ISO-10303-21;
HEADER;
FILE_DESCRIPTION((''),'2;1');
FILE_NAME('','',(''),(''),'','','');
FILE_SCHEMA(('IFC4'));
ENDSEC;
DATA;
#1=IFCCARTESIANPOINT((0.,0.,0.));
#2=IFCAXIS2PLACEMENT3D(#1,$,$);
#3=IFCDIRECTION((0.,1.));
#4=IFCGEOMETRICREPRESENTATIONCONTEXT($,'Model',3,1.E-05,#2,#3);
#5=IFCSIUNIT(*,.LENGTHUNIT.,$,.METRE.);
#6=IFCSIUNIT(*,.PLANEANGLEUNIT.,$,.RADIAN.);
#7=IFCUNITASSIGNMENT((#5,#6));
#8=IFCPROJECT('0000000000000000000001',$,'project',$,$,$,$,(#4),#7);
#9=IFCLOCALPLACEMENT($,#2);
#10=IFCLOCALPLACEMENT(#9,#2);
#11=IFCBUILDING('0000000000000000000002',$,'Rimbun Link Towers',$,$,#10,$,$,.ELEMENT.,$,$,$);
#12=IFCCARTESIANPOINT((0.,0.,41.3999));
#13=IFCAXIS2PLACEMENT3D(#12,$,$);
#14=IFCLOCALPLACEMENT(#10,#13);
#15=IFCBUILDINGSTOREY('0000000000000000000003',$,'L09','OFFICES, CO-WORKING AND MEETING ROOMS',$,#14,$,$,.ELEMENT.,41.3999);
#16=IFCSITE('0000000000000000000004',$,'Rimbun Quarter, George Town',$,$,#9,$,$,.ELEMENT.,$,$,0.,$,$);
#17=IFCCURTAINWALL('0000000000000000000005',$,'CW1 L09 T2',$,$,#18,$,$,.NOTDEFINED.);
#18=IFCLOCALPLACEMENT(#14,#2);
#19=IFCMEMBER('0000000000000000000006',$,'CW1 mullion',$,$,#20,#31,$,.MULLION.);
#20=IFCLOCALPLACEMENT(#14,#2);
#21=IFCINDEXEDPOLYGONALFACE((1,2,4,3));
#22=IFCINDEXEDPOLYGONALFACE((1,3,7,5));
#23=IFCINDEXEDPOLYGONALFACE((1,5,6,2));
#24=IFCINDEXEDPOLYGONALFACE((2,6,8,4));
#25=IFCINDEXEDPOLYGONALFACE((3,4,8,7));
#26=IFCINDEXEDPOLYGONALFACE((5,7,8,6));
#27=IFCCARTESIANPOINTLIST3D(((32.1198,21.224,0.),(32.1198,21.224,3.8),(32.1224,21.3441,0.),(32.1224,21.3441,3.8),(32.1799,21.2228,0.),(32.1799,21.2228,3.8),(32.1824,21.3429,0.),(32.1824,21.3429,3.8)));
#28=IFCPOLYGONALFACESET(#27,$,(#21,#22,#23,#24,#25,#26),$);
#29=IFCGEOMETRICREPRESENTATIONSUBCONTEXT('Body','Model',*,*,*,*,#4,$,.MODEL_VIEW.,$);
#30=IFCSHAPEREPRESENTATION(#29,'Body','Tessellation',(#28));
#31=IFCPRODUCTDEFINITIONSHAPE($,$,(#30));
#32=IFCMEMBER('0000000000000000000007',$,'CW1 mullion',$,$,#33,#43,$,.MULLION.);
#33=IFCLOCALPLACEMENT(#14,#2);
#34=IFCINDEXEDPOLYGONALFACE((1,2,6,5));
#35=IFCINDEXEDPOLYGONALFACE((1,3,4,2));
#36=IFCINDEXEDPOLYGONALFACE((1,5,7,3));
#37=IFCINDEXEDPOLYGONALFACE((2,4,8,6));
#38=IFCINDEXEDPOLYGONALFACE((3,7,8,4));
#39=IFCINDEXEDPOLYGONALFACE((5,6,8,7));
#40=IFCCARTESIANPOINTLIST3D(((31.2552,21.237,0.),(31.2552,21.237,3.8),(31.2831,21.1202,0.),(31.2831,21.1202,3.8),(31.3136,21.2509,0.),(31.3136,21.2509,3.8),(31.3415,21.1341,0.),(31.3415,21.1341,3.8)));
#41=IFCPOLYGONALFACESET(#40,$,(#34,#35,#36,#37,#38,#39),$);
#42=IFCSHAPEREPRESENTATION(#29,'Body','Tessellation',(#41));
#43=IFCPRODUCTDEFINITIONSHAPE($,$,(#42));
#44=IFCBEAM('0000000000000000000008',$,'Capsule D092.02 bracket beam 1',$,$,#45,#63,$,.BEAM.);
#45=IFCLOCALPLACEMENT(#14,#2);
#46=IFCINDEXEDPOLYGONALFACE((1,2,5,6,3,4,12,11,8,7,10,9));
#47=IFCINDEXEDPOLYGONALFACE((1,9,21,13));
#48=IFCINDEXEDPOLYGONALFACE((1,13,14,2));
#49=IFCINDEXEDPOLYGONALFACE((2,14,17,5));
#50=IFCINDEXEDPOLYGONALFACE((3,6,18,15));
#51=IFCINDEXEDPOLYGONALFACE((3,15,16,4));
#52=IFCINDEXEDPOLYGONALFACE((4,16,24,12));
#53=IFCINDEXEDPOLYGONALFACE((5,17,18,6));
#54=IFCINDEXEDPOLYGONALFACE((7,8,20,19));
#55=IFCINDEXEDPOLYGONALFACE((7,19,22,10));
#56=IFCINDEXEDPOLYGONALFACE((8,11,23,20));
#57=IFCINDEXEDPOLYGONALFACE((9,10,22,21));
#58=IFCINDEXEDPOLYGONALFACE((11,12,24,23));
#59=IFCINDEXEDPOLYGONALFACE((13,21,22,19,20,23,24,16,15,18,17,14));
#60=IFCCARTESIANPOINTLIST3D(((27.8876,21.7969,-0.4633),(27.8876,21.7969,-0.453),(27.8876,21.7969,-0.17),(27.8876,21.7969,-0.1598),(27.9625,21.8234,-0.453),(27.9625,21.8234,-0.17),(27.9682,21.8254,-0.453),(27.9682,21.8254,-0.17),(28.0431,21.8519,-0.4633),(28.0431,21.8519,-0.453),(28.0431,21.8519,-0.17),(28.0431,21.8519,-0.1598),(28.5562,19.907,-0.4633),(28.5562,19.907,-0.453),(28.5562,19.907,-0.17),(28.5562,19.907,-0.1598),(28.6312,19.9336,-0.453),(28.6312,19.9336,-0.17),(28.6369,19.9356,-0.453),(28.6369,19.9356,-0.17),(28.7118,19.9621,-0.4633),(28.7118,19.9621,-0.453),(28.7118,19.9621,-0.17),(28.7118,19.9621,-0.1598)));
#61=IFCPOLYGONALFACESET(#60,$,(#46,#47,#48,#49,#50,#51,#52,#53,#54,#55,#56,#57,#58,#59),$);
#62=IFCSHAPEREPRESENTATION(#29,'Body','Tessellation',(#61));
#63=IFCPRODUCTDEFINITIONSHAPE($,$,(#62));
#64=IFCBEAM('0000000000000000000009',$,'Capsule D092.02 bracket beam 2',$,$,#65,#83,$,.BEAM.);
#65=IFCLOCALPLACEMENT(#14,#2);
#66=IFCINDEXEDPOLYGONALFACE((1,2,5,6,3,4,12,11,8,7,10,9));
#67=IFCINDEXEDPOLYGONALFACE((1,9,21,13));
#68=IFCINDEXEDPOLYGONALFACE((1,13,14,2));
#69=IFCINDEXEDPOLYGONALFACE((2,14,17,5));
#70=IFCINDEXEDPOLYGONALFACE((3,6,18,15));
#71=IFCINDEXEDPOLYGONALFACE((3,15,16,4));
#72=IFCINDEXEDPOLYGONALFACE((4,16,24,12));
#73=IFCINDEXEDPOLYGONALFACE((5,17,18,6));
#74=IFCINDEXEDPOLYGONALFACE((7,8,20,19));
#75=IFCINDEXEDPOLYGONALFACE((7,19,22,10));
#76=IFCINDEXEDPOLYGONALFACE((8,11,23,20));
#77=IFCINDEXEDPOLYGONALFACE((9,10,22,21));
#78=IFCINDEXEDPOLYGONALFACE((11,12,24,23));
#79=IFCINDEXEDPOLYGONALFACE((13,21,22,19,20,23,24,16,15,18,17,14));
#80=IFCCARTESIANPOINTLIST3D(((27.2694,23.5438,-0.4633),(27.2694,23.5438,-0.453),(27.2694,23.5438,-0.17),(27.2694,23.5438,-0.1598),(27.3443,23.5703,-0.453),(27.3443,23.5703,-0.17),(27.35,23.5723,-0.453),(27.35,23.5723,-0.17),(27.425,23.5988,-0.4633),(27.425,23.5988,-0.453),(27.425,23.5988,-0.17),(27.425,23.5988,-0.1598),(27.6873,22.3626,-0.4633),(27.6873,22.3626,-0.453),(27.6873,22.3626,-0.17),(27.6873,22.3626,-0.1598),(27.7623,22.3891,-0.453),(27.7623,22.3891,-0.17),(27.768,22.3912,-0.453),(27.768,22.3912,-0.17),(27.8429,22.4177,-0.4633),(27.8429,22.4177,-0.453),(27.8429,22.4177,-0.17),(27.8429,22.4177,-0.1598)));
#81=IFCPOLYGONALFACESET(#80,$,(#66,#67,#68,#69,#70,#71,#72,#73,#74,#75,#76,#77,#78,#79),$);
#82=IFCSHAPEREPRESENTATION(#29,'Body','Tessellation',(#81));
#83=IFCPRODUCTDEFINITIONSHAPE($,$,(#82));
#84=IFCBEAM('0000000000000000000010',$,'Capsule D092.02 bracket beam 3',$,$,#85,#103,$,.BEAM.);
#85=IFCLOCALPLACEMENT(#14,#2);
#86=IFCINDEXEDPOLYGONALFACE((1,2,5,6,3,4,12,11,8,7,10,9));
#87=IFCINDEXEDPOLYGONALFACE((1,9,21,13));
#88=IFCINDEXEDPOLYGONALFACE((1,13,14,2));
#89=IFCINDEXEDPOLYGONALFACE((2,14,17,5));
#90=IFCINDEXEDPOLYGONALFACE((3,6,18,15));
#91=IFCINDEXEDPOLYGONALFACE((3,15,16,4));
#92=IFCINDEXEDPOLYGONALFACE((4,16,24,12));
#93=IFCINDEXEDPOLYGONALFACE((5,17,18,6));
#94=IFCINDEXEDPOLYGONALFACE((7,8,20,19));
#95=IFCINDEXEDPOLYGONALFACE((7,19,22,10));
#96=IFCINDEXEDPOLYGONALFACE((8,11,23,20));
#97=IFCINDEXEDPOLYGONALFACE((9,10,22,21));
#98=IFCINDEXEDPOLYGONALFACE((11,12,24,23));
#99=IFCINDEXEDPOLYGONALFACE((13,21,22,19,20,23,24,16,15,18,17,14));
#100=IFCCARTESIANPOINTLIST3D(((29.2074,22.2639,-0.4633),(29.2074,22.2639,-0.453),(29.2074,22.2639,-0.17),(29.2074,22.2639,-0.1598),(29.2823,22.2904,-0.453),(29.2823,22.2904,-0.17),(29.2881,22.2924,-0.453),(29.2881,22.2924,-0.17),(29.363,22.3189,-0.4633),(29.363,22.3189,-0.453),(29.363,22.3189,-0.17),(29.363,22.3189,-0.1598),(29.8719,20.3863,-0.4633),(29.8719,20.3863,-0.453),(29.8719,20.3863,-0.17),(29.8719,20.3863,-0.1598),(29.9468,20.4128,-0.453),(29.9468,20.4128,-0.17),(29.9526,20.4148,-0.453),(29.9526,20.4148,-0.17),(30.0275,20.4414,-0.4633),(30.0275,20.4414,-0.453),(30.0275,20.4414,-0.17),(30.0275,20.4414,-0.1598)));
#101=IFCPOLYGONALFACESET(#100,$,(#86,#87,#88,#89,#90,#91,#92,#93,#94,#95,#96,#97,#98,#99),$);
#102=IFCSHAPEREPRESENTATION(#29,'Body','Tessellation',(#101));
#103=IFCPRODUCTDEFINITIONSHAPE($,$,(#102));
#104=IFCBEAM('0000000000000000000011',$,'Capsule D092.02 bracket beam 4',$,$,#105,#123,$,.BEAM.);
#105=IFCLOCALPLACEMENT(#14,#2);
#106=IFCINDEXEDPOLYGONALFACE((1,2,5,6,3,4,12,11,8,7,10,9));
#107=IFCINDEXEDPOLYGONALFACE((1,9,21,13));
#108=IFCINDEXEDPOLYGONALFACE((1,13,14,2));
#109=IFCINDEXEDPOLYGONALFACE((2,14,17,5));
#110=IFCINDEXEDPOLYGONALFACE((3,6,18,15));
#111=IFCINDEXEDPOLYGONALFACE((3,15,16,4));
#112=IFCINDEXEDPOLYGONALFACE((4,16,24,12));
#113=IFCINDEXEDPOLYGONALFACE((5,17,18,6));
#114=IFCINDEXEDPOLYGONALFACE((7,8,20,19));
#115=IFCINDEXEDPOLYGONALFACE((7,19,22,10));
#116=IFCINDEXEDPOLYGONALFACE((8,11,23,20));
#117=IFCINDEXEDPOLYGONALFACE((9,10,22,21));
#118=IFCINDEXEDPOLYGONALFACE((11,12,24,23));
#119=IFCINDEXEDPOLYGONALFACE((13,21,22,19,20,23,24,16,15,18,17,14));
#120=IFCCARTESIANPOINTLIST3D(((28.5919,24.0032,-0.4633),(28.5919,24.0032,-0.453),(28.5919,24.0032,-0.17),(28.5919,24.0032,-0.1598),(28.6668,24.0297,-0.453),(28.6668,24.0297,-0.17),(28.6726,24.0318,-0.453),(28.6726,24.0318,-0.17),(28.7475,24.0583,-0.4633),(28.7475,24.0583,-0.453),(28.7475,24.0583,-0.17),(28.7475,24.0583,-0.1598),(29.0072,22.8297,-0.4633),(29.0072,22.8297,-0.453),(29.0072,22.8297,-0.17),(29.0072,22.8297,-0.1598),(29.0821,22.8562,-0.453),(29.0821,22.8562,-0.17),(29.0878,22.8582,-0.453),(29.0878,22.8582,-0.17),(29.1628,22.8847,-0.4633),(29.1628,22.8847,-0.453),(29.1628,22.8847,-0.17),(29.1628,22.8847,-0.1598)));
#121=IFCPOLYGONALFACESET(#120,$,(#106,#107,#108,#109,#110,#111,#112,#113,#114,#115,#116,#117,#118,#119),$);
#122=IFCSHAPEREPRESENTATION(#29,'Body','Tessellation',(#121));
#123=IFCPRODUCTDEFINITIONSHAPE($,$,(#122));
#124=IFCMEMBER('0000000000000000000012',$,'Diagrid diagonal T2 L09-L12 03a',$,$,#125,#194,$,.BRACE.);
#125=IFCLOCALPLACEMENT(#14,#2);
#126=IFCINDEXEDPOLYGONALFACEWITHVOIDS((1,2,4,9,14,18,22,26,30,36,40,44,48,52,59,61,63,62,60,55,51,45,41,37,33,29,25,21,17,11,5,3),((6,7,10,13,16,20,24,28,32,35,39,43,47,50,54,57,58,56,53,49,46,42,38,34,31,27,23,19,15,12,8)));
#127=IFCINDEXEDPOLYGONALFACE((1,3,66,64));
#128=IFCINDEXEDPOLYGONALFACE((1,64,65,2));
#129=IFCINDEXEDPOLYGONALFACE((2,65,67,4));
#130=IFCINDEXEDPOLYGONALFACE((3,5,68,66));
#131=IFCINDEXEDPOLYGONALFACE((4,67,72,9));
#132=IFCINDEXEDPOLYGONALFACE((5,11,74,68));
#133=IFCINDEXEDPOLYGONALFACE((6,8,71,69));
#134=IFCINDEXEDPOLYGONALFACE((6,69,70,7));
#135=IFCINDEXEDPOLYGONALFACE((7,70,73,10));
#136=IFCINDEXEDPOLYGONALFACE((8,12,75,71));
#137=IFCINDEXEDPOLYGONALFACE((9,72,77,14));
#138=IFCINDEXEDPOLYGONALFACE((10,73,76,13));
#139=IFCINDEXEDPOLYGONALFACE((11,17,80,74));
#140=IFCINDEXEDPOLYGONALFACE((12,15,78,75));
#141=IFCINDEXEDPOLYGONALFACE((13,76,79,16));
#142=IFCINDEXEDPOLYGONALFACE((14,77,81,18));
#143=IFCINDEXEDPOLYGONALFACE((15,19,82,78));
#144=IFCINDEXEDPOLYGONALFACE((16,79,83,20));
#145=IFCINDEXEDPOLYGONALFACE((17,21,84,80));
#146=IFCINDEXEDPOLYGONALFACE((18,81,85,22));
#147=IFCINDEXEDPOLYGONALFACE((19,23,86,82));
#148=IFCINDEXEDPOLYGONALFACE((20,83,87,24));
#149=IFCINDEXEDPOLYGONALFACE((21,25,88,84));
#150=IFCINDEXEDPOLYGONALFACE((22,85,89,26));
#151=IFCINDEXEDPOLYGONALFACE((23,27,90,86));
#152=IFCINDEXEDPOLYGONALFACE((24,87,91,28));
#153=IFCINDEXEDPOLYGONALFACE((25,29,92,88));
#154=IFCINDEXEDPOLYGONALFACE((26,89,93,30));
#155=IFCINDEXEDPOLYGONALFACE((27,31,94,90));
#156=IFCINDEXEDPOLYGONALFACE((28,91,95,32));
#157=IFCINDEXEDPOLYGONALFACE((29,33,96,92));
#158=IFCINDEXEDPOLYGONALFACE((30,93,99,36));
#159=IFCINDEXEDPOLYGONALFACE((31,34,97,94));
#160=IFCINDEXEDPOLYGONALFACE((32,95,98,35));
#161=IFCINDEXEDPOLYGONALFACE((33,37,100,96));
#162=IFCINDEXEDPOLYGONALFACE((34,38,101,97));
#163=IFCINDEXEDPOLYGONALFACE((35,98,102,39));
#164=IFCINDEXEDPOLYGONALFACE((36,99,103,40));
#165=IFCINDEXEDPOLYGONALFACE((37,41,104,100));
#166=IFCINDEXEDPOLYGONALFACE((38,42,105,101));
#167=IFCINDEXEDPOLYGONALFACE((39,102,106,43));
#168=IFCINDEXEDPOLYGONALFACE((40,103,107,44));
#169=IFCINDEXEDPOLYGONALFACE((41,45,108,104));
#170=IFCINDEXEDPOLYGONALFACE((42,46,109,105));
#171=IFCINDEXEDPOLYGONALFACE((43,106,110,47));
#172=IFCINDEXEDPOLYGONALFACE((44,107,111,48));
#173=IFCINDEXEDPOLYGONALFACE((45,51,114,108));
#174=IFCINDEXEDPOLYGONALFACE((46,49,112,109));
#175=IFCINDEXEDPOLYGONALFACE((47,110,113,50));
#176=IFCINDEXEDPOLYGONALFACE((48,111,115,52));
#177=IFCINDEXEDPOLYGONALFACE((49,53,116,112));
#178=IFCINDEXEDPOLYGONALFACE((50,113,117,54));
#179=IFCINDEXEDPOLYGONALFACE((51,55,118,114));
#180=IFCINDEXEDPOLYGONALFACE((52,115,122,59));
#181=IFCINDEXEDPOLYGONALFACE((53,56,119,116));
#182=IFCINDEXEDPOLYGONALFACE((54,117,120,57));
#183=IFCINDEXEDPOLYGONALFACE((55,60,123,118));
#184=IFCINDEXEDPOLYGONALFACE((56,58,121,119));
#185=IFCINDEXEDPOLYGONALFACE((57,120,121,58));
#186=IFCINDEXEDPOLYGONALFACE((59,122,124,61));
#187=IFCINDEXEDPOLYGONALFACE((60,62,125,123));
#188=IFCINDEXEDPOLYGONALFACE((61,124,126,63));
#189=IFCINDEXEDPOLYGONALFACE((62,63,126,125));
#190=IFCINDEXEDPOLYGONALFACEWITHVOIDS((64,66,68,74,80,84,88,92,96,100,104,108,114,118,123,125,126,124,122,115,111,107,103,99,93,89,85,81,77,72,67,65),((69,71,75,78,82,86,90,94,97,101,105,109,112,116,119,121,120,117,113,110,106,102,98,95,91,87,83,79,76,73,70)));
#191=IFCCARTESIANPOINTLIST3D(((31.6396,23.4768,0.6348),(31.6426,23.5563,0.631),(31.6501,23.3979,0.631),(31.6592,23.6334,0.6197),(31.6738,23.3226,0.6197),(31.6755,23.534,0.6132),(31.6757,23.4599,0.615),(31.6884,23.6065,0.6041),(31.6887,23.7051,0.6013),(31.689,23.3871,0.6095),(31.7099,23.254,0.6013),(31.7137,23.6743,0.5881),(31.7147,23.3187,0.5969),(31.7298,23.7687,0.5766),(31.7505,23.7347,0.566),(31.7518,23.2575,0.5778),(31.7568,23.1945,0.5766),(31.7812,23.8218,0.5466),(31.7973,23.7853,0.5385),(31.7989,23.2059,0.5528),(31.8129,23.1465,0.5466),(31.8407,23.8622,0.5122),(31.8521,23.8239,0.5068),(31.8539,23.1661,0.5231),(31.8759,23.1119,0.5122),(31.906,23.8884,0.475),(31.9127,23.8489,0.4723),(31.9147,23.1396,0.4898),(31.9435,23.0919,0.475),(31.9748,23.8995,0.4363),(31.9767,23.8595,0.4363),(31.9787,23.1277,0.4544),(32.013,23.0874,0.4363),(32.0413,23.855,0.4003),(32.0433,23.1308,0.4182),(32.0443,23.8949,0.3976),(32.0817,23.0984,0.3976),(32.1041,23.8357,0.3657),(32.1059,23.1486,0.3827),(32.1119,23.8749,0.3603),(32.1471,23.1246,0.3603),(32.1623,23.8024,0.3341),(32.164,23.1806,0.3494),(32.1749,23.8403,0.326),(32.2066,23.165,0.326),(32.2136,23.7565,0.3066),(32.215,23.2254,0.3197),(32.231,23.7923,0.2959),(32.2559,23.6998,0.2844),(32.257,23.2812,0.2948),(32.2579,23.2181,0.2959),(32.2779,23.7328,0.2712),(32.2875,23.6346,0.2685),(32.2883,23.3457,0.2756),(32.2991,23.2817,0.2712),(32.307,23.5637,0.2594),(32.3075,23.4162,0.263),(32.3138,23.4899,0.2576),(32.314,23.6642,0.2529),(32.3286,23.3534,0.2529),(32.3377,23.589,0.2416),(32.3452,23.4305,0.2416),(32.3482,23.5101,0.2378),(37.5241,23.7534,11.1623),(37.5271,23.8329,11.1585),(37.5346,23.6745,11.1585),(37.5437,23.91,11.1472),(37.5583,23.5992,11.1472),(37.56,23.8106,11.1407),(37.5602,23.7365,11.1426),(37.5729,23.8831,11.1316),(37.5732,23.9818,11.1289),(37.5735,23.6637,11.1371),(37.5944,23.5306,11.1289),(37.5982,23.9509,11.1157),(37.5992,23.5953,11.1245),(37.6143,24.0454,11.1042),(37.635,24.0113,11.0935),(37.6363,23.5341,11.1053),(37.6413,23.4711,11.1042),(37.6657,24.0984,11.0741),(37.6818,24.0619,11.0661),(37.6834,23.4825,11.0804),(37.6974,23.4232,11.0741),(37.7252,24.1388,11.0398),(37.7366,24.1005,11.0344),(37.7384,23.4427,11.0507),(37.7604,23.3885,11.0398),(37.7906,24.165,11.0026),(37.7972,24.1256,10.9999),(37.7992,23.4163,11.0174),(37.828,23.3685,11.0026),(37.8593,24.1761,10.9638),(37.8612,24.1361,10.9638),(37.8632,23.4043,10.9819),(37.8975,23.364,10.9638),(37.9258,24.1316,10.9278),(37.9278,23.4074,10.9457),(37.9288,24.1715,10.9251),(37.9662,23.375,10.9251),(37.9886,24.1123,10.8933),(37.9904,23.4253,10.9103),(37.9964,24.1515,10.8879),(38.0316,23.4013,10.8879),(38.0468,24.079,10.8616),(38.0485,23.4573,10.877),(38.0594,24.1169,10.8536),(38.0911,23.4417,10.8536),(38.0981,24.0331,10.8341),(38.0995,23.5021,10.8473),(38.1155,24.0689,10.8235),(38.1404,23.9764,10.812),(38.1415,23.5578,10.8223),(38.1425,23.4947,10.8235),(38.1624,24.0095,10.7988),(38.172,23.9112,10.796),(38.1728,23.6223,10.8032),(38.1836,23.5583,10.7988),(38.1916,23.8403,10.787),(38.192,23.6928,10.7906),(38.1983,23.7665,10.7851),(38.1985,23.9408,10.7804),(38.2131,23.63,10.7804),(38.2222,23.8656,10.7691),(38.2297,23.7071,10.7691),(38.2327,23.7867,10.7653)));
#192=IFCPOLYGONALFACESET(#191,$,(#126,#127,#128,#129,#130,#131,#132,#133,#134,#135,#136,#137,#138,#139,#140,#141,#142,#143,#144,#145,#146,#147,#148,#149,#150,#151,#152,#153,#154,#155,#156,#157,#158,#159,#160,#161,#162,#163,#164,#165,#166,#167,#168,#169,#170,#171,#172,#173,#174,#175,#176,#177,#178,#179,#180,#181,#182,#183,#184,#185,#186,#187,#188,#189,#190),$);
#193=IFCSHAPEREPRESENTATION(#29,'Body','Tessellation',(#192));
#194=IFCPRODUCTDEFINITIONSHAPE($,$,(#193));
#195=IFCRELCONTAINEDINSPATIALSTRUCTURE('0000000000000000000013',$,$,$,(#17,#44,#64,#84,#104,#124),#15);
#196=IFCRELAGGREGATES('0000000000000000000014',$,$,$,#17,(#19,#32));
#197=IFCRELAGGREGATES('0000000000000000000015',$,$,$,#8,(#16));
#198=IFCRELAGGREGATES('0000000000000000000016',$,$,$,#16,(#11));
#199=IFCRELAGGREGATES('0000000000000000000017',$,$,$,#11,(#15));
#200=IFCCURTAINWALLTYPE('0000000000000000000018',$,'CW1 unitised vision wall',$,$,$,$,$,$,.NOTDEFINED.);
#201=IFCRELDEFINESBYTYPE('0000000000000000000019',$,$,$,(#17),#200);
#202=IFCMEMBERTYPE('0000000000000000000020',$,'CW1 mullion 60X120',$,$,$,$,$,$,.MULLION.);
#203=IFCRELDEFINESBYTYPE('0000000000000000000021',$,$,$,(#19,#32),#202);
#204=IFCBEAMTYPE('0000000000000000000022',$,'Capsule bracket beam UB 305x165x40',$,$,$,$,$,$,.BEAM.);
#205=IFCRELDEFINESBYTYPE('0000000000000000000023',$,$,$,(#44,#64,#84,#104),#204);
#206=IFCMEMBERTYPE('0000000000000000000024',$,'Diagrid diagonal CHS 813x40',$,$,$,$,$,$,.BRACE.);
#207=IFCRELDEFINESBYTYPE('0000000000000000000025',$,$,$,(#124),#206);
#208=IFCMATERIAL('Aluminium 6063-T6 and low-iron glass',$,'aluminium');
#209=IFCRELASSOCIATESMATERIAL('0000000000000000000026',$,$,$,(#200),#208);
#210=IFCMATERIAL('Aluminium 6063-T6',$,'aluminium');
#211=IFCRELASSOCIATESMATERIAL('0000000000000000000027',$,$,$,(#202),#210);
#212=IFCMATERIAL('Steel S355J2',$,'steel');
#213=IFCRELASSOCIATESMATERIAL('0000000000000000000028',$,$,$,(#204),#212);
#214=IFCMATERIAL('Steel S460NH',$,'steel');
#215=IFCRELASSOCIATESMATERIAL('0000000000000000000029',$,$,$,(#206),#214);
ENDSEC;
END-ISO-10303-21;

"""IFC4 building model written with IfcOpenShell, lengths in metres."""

from ifc_helpers import new_model, si_unit, direction, frame, origin, origin_2d, place, context, subcontext, project, spatial, rectangle, hollow_circle, i_section, extrude, material, material_profile, profile_set, type_object, element, aggregate, save


model = new_model("IFC4")

# Units and contexts
model_context = context("Model", 3, precision=1e-05, world=origin(), true_north=direction((0.0, 1.0)))
body_context = subcontext(model_context, "Body", "Model", "MODEL_VIEW")
ifc_project = project(units=[si_unit("LENGTHUNIT", "METRE"), si_unit("PLANEANGLEUNIT", "RADIAN")], contexts=[model_context])

# Site, building, storey
site_placement = place(None, origin())
site = spatial("IfcSite", under=ifc_project, at=site_placement, Name="Rimbun Quarter, George Town", CompositionType="ELEMENT", RefElevation=0.0)
building_placement = place(site_placement, origin())
building = spatial("IfcBuilding", under=site, at=building_placement, Name="Rimbun Link Towers", CompositionType="ELEMENT")
storey_placement = place(building_placement, frame((0.0, 0.0, 41.3999)))
storey = spatial("IfcBuildingStorey", under=building, at=storey_placement, Name="L09", Description="OFFICES, CO-WORKING AND MEETING ROOMS", CompositionType="ELEMENT", Elevation=41.3999)

# Curtain wall, members
ifc_material_1 = material(Name="Aluminium 6063-T6 and low-iron glass", Category="aluminium")
curtain_wall_type = type_object("IfcCurtainWallType", Name="CW1 unitised vision wall", PredefinedType="NOTDEFINED", material=ifc_material_1)
curtain_wall_placement = place(storey_placement, origin())
curtain_wall = element("IfcCurtainWall", 1, at=curtain_wall_placement, inside=storey, type_object=curtain_wall_type, Name="CW1 L09 T2", PredefinedType="NOTDEFINED")
ifc_material_2 = material(Name="Aluminium 6063-T6", Category="aluminium")
ifc_material_profile_1 = material_profile(ifc_material_2, rectangle(XDim=0.1201, YDim=0.0601, at=origin_2d()), Name="MULLION 60X120")
ifc_profile_set_1 = profile_set([ifc_material_profile_1], Name="Aluminium 6063-T6")
member_type_1 = type_object("IfcMemberType", Name="CW1 mullion 60X120", PredefinedType="MULLION", material=ifc_profile_set_1)
member_1_placement = place(storey_placement, frame((32.1511, 21.2834, 0.0), z_axis=(0.0, 0.0, 1.0), x_axis=(0.021066, 0.999778, 0.0)))
member_1 = element("IfcMember", 2, at=member_1_placement, type_object=member_type_1, Name="CW1 mullion", PredefinedType="MULLION", context=body_context, shape_type="SweptSolid", body=[
    extrude(rectangle(XDim=0.1201, YDim=0.0601, at=origin_2d()), origin(), (0.0, 0.0, 1.0), 3.8),
])
member_2_placement = place(storey_placement, frame((31.2983, 21.1855, 0.0), z_axis=(0.0, 0.0, 1.0), x_axis=(-0.23261, 0.97257, 0.0)))
member_2 = element("IfcMember", 3, at=member_2_placement, type_object=member_type_1, Name="CW1 mullion", PredefinedType="MULLION", context=body_context, shape_type="SweptSolid", body=[
    extrude(rectangle(XDim=0.1201, YDim=0.0601, at=origin_2d()), origin(), (0.0, 0.0, 1.0), 3.8),
])
aggregate(curtain_wall, [member_1, member_2])

# Beams
ifc_material_3 = material(Name="Steel S355J2", Category="steel")
ifc_material_profile_2 = material_profile(ifc_material_3, i_section(OverallWidth=0.165, OverallDepth=0.3035, WebThickness=0.0061, FlangeThickness=0.0103, at=origin_2d()), Name="UB 305x165x40")
ifc_profile_set_2 = profile_set([ifc_material_profile_2], Name="Steel S355J2")
beam_type_1 = type_object("IfcBeamType", Name="Capsule bracket beam UB 305x165x40", PredefinedType="BEAM", material=ifc_profile_set_2)
beam_1_placement = place(storey_placement, frame((28.634, 19.9346, -0.3115), z_axis=(-0.333565, 0.942727, 0.0), x_axis=(-0.942727, -0.333565, 0.0)))
element("IfcBeam", 4, at=beam_1_placement, inside=storey, type_object=beam_type_1, Name="Capsule D092.02 bracket beam 1", PredefinedType="BEAM", context=body_context, shape_type="SweptSolid", body=[
    extrude(i_section(OverallWidth=0.165, OverallDepth=0.3035, WebThickness=0.0061, FlangeThickness=0.0103, at=origin_2d()), origin(), (0.0, 0.0, 1.0), 2.0046),
])
beam_2_placement = place(storey_placement, frame((27.7651, 22.3901, -0.3115), z_axis=(-0.333595, 0.942717, 0.0), x_axis=(-0.942717, -0.333595, 0.0)))
element("IfcBeam", 5, at=beam_2_placement, inside=storey, type_object=beam_type_1, Name="Capsule D092.02 bracket beam 2", PredefinedType="BEAM", context=body_context, shape_type="SweptSolid", body=[
    extrude(i_section(OverallWidth=0.165, OverallDepth=0.3035, WebThickness=0.0061, FlangeThickness=0.0103, at=origin_2d()), origin(), (0.0, 0.0, 1.0), 1.2529),
])
beam_3_placement = place(storey_placement, frame((29.9497, 20.4138, -0.3115), z_axis=(-0.333641, 0.9427, 0.0), x_axis=(-0.9427, -0.333641, 0.0)))
element("IfcBeam", 6, at=beam_3_placement, inside=storey, type_object=beam_type_1, Name="Capsule D092.02 bracket beam 3", PredefinedType="BEAM", context=body_context, shape_type="SweptSolid", body=[
    extrude(i_section(OverallWidth=0.165, OverallDepth=0.3035, WebThickness=0.0061, FlangeThickness=0.0103, at=origin_2d()), origin(), (0.0, 0.0, 1.0), 1.9917),
])
beam_4_placement = place(storey_placement, frame((29.085, 22.8572, -0.3115), z_axis=(-0.333589, 0.942718, 0.0), x_axis=(-0.942718, -0.333589, 0.0)))
element("IfcBeam", 7, at=beam_4_placement, inside=storey, type_object=beam_type_1, Name="Capsule D092.02 bracket beam 4", PredefinedType="BEAM", context=body_context, shape_type="SweptSolid", body=[
    extrude(i_section(OverallWidth=0.165, OverallDepth=0.3035, WebThickness=0.0061, FlangeThickness=0.0103, at=origin_2d()), origin(), (0.0, 0.0, 1.0), 1.2449),
])

# Member
ifc_material_4 = material(Name="Steel S460NH", Category="steel")
ifc_material_profile_3 = material_profile(ifc_material_4, hollow_circle(Radius=0.4065, WallThickness=0.04, at=origin_2d()), Name="Diagrid diagonal CHS 813x40")
ifc_profile_set_3 = profile_set([ifc_material_profile_3], Name="Steel S460NH")
member_type_2 = type_object("IfcMemberType", Name="Diagrid diagonal CHS 813x40", PredefinedType="BRACE", material=ifc_profile_set_3)
member_3_placement = place(storey_placement, frame((31.9939, 23.4934, 0.4363), z_axis=(0.487785, 0.022929, 0.872663), x_axis=(-0.046955, 0.998897, 0.0)))
element("IfcMember", 8, at=member_3_placement, inside=storey, type_object=member_type_2, Name="Diagrid diagonal T2 L09-L12 03a", PredefinedType="BRACE", context=body_context, shape_type="SweptSolid", body=[
    extrude(hollow_circle(Radius=0.4065, WallThickness=0.04, at=origin_2d()), origin(), (0.0, 0.0, 1.0), 12.0637),
])

save(model, "model.ifc")
